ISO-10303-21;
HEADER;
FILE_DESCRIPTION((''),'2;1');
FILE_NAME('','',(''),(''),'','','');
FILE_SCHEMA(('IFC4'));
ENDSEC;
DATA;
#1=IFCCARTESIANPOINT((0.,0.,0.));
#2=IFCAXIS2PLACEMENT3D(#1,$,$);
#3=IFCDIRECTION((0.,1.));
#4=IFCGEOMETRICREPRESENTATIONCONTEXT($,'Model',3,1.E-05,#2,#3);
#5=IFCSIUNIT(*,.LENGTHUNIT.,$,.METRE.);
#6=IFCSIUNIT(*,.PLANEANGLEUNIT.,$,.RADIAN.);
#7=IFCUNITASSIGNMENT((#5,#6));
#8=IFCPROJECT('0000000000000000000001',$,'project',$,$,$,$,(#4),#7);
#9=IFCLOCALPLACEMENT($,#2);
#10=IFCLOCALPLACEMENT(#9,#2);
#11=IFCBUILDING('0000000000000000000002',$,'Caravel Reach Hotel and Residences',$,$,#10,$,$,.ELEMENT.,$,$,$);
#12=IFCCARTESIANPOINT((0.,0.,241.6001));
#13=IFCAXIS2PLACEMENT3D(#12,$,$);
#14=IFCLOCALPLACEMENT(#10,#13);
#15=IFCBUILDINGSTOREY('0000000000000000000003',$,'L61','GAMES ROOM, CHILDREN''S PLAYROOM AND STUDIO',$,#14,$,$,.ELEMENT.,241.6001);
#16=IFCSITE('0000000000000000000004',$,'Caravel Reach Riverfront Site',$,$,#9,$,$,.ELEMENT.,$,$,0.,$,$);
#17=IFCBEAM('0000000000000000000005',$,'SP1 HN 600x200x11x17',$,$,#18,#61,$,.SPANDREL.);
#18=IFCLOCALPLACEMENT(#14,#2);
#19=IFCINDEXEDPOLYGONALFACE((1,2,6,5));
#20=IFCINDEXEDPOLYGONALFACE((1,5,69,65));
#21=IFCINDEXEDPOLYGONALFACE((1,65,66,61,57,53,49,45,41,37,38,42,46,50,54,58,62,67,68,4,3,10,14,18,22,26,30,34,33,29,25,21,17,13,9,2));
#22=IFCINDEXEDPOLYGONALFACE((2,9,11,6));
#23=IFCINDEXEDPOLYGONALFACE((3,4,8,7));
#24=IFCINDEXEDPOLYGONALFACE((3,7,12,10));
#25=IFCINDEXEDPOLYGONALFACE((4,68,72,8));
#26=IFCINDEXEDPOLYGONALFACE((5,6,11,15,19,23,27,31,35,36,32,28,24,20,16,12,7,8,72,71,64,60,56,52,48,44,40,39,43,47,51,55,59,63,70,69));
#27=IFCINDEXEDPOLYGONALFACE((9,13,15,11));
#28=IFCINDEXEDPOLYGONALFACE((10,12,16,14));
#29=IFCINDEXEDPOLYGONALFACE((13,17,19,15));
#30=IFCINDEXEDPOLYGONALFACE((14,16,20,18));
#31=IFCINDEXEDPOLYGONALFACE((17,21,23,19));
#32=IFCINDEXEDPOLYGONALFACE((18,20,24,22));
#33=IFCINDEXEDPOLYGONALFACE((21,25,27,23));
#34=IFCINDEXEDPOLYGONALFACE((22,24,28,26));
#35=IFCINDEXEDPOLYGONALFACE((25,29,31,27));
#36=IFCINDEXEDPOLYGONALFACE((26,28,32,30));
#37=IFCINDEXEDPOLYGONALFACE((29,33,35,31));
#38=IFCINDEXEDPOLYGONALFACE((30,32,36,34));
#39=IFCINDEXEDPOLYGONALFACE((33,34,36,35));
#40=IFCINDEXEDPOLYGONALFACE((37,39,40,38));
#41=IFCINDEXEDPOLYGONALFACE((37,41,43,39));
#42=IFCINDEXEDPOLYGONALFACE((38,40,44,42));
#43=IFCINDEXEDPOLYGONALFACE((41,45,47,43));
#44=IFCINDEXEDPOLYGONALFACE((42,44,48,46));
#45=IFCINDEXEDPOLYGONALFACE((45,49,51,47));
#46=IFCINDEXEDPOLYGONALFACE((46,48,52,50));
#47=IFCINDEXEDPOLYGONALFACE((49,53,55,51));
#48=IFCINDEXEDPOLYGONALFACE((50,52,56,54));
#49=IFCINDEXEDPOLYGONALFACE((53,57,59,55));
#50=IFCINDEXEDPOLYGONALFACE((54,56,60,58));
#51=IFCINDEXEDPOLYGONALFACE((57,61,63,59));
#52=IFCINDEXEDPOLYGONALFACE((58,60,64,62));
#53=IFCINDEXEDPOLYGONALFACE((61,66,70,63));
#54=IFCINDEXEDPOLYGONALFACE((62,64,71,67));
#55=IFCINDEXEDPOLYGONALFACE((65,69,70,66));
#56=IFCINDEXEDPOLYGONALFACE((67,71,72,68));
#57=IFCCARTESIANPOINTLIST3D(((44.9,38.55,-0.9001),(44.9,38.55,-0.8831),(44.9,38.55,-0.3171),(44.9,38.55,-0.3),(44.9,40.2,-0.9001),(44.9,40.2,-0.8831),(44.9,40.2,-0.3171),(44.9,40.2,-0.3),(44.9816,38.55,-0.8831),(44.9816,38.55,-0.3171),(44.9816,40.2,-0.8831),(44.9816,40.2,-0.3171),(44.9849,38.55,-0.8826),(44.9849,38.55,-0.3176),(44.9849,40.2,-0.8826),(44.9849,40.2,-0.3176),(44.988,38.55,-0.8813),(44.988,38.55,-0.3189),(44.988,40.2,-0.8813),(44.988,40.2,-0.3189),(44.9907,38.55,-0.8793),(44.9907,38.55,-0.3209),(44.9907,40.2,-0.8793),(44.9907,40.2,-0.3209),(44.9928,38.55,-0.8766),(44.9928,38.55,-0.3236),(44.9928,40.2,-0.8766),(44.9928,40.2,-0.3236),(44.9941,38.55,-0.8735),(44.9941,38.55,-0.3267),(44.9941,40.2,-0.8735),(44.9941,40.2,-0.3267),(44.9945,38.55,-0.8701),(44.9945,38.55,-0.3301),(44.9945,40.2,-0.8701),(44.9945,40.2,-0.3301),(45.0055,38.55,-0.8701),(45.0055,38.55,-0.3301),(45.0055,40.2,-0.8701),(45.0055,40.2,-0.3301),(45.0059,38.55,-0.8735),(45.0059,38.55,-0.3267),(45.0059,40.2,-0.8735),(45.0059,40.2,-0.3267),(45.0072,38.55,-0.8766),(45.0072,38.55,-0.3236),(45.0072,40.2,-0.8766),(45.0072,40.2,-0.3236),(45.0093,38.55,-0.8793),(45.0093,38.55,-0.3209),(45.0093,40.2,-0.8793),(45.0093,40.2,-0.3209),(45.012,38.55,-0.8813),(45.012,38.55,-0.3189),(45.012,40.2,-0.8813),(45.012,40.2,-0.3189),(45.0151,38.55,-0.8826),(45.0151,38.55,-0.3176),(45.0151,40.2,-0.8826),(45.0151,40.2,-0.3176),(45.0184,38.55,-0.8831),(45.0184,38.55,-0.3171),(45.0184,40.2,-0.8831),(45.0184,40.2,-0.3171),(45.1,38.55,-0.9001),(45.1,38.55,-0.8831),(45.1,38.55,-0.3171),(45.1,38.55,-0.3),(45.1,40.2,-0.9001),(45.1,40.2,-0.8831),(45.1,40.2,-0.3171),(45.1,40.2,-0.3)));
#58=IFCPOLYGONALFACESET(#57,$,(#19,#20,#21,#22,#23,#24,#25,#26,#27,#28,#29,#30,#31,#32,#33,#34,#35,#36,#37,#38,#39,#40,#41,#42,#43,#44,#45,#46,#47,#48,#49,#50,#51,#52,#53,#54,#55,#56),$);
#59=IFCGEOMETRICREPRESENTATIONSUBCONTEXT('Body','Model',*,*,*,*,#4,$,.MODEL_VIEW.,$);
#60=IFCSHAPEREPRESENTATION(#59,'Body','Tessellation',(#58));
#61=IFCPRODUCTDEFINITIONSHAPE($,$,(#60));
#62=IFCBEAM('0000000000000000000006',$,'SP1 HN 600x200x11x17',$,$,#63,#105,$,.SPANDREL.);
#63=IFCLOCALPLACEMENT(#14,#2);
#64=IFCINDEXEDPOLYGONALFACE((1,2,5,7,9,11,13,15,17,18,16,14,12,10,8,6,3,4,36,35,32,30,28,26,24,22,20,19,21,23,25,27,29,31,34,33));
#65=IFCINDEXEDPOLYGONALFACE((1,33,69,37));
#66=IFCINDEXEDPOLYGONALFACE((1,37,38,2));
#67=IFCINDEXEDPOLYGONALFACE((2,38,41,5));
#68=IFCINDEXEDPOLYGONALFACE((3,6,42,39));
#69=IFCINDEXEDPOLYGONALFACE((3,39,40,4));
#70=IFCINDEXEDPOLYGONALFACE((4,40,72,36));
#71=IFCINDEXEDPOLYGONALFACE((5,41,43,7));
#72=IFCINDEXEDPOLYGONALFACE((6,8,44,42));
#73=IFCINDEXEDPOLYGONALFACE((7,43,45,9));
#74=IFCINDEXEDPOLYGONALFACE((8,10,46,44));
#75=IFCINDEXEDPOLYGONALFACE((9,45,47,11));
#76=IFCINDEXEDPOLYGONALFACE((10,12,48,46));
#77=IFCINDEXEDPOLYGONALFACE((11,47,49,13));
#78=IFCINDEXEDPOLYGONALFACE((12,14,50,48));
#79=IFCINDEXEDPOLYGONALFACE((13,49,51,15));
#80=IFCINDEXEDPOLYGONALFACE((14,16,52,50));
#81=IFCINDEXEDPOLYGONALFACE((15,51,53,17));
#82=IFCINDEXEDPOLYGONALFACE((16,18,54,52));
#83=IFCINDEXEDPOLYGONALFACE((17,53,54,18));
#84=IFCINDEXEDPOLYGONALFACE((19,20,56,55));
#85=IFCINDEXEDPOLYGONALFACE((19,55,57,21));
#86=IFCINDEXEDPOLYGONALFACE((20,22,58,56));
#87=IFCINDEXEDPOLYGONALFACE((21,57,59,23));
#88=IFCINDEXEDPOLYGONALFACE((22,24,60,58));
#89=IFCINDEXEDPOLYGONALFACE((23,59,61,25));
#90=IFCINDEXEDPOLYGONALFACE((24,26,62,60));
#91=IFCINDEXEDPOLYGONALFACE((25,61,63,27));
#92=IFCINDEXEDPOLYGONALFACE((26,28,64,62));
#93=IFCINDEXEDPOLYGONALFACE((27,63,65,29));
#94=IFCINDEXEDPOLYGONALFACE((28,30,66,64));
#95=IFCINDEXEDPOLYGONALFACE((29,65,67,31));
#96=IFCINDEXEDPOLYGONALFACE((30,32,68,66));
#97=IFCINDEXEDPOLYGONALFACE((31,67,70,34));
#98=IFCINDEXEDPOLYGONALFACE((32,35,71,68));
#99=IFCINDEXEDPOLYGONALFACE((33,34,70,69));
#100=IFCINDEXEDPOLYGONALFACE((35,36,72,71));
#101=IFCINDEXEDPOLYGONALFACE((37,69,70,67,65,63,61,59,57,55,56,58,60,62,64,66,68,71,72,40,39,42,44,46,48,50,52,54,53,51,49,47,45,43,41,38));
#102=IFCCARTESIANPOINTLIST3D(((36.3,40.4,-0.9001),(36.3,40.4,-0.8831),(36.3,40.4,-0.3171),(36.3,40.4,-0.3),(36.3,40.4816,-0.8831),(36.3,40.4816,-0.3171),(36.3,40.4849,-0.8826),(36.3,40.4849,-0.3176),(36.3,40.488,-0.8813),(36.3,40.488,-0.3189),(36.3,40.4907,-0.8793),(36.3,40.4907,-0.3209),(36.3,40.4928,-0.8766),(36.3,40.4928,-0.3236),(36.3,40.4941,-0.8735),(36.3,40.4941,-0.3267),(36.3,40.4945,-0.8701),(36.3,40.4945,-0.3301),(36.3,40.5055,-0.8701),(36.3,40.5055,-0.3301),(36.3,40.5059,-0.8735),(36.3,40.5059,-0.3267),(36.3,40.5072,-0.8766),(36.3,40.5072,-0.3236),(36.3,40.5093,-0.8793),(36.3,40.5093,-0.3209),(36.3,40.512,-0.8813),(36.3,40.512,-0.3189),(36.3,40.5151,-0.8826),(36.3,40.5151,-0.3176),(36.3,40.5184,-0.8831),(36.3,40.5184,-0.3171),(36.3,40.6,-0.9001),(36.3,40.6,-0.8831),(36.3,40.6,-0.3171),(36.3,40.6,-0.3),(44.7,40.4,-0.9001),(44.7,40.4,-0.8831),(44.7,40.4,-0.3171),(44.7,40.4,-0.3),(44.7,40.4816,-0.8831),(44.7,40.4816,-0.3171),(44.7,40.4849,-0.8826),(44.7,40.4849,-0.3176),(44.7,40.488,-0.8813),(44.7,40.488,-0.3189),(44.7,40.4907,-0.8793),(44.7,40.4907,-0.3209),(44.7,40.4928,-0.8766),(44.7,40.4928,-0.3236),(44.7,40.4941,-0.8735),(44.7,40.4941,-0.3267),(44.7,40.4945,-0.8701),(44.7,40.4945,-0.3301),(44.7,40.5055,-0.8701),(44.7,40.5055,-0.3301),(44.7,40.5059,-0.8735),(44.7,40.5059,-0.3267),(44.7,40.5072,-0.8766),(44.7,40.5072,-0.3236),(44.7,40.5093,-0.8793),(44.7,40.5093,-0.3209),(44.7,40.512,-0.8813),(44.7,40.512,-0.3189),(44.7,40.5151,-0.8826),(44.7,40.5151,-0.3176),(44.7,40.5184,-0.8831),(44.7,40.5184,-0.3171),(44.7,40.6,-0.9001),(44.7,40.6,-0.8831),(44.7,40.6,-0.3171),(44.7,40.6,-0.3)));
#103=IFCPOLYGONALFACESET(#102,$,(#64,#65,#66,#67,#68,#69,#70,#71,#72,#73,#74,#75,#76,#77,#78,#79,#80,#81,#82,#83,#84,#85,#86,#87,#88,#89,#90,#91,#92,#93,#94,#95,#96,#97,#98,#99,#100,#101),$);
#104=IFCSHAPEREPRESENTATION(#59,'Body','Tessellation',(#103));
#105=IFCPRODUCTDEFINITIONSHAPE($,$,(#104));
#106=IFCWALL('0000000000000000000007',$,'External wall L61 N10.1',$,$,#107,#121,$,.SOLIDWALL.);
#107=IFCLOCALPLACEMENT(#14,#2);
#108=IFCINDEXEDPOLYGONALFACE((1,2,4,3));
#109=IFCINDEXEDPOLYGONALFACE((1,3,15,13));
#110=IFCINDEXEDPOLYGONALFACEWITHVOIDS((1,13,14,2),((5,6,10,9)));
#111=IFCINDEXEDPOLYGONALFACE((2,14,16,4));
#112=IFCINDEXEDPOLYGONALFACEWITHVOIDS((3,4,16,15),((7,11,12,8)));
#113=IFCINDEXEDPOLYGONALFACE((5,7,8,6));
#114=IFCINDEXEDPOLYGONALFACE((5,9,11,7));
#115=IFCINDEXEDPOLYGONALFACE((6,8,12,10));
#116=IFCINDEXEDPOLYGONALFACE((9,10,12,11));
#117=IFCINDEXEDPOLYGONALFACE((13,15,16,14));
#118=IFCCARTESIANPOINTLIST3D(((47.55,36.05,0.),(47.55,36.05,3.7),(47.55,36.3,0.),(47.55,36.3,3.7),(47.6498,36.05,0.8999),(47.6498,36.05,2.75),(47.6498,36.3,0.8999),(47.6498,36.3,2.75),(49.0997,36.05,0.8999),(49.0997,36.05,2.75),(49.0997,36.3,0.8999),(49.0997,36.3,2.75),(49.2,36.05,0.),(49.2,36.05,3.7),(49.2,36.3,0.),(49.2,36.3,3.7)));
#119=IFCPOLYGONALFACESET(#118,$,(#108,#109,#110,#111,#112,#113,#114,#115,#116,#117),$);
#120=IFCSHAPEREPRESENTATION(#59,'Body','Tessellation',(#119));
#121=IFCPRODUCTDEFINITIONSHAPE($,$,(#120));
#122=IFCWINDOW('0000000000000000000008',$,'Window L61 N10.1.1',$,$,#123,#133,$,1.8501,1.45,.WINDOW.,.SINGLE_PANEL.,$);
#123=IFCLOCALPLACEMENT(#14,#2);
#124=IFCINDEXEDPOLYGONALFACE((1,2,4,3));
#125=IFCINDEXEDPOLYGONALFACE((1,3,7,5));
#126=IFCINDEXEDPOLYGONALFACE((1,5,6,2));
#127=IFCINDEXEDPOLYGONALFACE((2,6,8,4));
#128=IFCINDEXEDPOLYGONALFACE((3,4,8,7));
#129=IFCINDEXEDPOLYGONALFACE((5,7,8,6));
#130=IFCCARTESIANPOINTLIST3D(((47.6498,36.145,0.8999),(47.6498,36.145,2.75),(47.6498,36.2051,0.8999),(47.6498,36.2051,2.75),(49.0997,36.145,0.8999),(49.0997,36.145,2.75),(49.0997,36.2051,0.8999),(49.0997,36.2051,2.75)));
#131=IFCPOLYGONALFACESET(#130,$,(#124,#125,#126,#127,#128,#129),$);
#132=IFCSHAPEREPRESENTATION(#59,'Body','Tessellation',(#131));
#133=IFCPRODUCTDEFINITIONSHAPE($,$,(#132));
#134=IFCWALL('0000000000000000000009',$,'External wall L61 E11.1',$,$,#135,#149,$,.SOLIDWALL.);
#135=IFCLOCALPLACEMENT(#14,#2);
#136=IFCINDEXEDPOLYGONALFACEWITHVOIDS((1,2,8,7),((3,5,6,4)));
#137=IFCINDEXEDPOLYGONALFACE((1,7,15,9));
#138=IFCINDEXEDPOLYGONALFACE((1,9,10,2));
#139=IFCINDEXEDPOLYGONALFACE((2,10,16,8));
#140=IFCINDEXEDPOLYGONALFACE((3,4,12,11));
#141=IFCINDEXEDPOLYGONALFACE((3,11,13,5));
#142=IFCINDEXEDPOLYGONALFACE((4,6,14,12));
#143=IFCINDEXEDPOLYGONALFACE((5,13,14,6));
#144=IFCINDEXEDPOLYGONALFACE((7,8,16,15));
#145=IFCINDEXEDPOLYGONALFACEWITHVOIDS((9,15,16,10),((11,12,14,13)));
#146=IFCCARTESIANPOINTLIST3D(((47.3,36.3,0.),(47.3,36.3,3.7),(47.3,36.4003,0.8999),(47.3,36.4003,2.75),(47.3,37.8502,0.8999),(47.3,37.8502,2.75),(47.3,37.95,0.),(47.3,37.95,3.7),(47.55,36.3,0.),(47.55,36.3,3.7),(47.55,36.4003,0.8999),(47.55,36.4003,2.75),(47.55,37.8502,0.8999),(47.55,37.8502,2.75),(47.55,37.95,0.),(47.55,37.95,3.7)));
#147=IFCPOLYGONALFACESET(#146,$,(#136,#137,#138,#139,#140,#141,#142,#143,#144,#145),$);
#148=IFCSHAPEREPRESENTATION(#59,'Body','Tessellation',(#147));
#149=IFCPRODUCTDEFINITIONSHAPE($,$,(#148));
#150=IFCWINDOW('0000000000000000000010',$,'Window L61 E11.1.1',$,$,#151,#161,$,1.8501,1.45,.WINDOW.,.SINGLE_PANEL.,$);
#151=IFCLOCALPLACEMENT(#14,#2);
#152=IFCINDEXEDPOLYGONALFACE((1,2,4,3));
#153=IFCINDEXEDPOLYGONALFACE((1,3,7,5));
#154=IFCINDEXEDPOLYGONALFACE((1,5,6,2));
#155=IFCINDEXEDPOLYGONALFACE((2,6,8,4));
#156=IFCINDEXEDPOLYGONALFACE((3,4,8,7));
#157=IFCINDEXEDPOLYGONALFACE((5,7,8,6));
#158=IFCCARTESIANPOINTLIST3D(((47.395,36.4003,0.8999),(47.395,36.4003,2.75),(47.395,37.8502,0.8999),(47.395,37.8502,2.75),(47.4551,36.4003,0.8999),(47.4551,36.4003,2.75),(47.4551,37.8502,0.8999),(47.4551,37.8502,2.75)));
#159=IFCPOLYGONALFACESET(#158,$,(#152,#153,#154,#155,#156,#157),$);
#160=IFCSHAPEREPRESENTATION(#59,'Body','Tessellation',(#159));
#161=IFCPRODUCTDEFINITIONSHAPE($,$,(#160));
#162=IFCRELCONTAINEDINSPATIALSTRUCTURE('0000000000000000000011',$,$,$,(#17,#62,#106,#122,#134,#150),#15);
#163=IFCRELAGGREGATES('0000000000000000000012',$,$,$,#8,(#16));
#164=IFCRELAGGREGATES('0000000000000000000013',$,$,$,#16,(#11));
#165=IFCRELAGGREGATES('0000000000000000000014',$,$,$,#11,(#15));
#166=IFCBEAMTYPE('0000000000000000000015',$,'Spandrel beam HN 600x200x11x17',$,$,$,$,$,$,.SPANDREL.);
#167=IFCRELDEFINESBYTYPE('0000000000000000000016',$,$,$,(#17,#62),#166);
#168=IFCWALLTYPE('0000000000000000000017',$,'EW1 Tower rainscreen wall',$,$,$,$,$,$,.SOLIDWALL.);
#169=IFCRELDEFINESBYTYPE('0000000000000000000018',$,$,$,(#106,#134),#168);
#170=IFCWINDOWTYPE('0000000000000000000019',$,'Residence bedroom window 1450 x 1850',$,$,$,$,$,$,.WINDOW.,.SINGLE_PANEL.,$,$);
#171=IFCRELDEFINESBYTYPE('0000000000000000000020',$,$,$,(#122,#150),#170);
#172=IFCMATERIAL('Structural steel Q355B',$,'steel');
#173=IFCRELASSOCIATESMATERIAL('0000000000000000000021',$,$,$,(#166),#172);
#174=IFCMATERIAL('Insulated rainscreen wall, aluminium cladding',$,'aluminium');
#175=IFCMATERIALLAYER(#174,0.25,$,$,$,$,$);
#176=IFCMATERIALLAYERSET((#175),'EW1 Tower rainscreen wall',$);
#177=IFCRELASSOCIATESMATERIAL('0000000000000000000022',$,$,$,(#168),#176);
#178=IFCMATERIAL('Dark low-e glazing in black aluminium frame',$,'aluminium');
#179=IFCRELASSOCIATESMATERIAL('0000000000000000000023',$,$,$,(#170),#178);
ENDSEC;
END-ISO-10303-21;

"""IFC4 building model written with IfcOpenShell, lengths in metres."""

from ifc_helpers import new_model, si_unit, direction, frame, frame_2d, origin, origin_2d, place, context, subcontext, project, spatial, rectangle, i_section, extrude, material, layer, layer_set, material_profile, profile_set, type_object, element, fill, save


model = new_model("IFC4")

# Units and contexts
model_context = context("Model", 3, precision=1e-05, world=origin(), true_north=direction((0.0, 1.0)))
body_context = subcontext(model_context, "Body", "Model", "MODEL_VIEW")
ifc_project = project(units=[si_unit("LENGTHUNIT", "METRE"), si_unit("PLANEANGLEUNIT", "RADIAN")], contexts=[model_context])

# Site, building, storey
site_placement = place(None, origin())
site = spatial("IfcSite", under=ifc_project, at=site_placement, Name="Caravel Reach Riverfront Site", CompositionType="ELEMENT", RefElevation=0.0)
building_placement = place(site_placement, origin())
building = spatial("IfcBuilding", under=site, at=building_placement, Name="Caravel Reach Hotel and Residences", CompositionType="ELEMENT")
storey_placement = place(building_placement, frame((0.0, 0.0, 241.6001)))
storey = spatial("IfcBuildingStorey", under=building, at=storey_placement, Name="L61", Description="GAMES ROOM, CHILDREN'S PLAYROOM AND STUDIO", CompositionType="ELEMENT", Elevation=241.6001)

# Beams
ifc_material_1 = material(Name="Structural steel Q355B", Category="steel")
ifc_material_profile_1 = material_profile(ifc_material_1, i_section(OverallWidth=0.2, OverallDepth=0.6001, WebThickness=0.011, FlangeThickness=0.0171, FilletRadius=0.0129, at=origin_2d()), Name="HN 600x200x11x17")
ifc_profile_set_1 = profile_set([ifc_material_profile_1], Name="Structural steel Q355B")
beam_type = type_object("IfcBeamType", Name="Spandrel beam HN 600x200x11x17", PredefinedType="SPANDREL", material=ifc_profile_set_1)
for number, where, z_axis, x_axis, name in (
    (1, (45.0, 38.55, -0.6001), (0.0, 1.0, 0.0), (-1.0, 0.0, 0.0), "SP1 HN 600x200x11x17"),
):
    element("IfcBeam", number, at=place(storey_placement, frame(where, z_axis=z_axis, x_axis=x_axis)), inside=storey, type_object=beam_type, Name=name, PredefinedType="SPANDREL", context=body_context, shape_type="SweptSolid", body=[
        extrude(i_section(OverallWidth=0.2, OverallDepth=0.6001, WebThickness=0.011, FlangeThickness=0.0171, FilletRadius=0.0129, at=origin_2d()), origin(), (0.0, 0.0, 1.0), 1.6499),
    ])
beam_placement = place(storey_placement, frame((44.7, 40.5, -0.6001), z_axis=(-1.0, 0.0, 0.0), x_axis=(0.0, -1.0, 0.0)))
element("IfcBeam", 2, at=beam_placement, inside=storey, type_object=beam_type, Name="SP1 HN 600x200x11x17", PredefinedType="SPANDREL", context=body_context, shape_type="SweptSolid", body=[
    extrude(i_section(OverallWidth=0.2, OverallDepth=0.6001, WebThickness=0.011, FlangeThickness=0.0171, FilletRadius=0.0129, at=origin_2d()), origin(), (0.0, 0.0, 1.0), 8.3999),
])

# Walls, openings, windows
ifc_material_2 = material(Name="Insulated rainscreen wall, aluminium cladding", Category="aluminium")
ifc_layer = layer(ifc_material_2, 0.25)
ifc_layer_set = layer_set([ifc_layer], Name="EW1 Tower rainscreen wall")
wall_type = type_object("IfcWallType", Name="EW1 Tower rainscreen wall", PredefinedType="SOLIDWALL", material=ifc_layer_set)
wall_1_placement = place(storey_placement, frame((49.2, 36.175, 0.0), z_axis=(0.0, 0.0, 1.0), x_axis=(-1.0, 0.0, 0.0)))
wall_1 = element("IfcWall", 3, at=wall_1_placement, inside=storey, type_object=wall_type, Name="External wall L61 N10.1", PredefinedType="SOLIDWALL", context=body_context, shape_type="SweptSolid", body=[
    extrude(rectangle(XDim=1.6499, YDim=0.25, at=frame_2d((0.825, 0.0))), origin(), (0.0, 0.0, 1.0), 3.7),
])
opening_1_placement = place(wall_1_placement, frame((0.1001, 0.0, 0.8999)))
opening_1 = element("IfcOpeningElement", 4, at=opening_1_placement, cuts=wall_1, PredefinedType="OPENING", context=body_context, shape_type="SweptSolid", body=[
    extrude(rectangle(XDim=1.45, YDim=1.8501, at=frame_2d((0.7251, 0.925))), frame((0.0, 0.135, 0.0), z_axis=(0.0, -1.0, 0.0), x_axis=(1.0, 0.0, 0.0)), (0.0, 0.0, 1.0), 0.27),
])
ifc_material_3 = material(Name="Dark low-e glazing in black aluminium frame", Category="aluminium")
window_type_1 = type_object("IfcWindowType", Name="Residence bedroom window 1450 x 1850", PartitioningType="SINGLE_PANEL", PredefinedType="WINDOW", material=ifc_material_3)
window_1_placement = place(opening_1_placement, origin())
window_1 = element("IfcWindow", 5, at=window_1_placement, inside=storey, type_object=window_type_1, Name="Window L61 N10.1.1", OverallHeight=1.8501, OverallWidth=1.45, PartitioningType="SINGLE_PANEL", PredefinedType="WINDOW", context=body_context, shape_type="SweptSolid", body=[
    extrude(rectangle(XDim=1.45, YDim=1.8501, at=frame_2d((0.7251, 0.925))), frame((0.0, 0.03, 0.0), z_axis=(0.0, -1.0, 0.0), x_axis=(1.0, 0.0, 0.0)), (0.0, 0.0, 1.0), 0.0601),
])
fill(opening_1, window_1)
wall_2_placement = place(storey_placement, frame((47.425, 36.3, 0.0), z_axis=(0.0, 0.0, 1.0), x_axis=(0.0, 1.0, 0.0)))
wall_2 = element("IfcWall", 6, at=wall_2_placement, inside=storey, type_object=wall_type, Name="External wall L61 E11.1", PredefinedType="SOLIDWALL", context=body_context, shape_type="SweptSolid", body=[
    extrude(rectangle(XDim=1.6499, YDim=0.25, at=frame_2d((0.825, 0.0))), origin(), (0.0, 0.0, 1.0), 3.7),
])
opening_2_placement = place(wall_2_placement, frame((0.1001, 0.0, 0.8999)))
opening_2 = element("IfcOpeningElement", 7, at=opening_2_placement, cuts=wall_2, PredefinedType="OPENING", context=body_context, shape_type="SweptSolid", body=[
    extrude(rectangle(XDim=1.45, YDim=1.8501, at=frame_2d((0.7251, 0.925))), frame((0.0, 0.135, 0.0), z_axis=(0.0, -1.0, 0.0), x_axis=(1.0, 0.0, 0.0)), (0.0, 0.0, 1.0), 0.27),
])
window_2_placement = place(opening_2_placement, origin())
window_2 = element("IfcWindow", 8, at=window_2_placement, inside=storey, type_object=window_type_1, Name="Window L61 E11.1.1", OverallHeight=1.8501, OverallWidth=1.45, PartitioningType="SINGLE_PANEL", PredefinedType="WINDOW", context=body_context, shape_type="SweptSolid", body=[
    extrude(rectangle(XDim=1.45, YDim=1.8501, at=frame_2d((0.7251, 0.925))), frame((0.0, 0.03, 0.0), z_axis=(0.0, -1.0, 0.0), x_axis=(1.0, 0.0, 0.0)), (0.0, 0.0, 1.0), 0.0601),
])
fill(opening_2, window_2)

save(model, "model.ifc")
